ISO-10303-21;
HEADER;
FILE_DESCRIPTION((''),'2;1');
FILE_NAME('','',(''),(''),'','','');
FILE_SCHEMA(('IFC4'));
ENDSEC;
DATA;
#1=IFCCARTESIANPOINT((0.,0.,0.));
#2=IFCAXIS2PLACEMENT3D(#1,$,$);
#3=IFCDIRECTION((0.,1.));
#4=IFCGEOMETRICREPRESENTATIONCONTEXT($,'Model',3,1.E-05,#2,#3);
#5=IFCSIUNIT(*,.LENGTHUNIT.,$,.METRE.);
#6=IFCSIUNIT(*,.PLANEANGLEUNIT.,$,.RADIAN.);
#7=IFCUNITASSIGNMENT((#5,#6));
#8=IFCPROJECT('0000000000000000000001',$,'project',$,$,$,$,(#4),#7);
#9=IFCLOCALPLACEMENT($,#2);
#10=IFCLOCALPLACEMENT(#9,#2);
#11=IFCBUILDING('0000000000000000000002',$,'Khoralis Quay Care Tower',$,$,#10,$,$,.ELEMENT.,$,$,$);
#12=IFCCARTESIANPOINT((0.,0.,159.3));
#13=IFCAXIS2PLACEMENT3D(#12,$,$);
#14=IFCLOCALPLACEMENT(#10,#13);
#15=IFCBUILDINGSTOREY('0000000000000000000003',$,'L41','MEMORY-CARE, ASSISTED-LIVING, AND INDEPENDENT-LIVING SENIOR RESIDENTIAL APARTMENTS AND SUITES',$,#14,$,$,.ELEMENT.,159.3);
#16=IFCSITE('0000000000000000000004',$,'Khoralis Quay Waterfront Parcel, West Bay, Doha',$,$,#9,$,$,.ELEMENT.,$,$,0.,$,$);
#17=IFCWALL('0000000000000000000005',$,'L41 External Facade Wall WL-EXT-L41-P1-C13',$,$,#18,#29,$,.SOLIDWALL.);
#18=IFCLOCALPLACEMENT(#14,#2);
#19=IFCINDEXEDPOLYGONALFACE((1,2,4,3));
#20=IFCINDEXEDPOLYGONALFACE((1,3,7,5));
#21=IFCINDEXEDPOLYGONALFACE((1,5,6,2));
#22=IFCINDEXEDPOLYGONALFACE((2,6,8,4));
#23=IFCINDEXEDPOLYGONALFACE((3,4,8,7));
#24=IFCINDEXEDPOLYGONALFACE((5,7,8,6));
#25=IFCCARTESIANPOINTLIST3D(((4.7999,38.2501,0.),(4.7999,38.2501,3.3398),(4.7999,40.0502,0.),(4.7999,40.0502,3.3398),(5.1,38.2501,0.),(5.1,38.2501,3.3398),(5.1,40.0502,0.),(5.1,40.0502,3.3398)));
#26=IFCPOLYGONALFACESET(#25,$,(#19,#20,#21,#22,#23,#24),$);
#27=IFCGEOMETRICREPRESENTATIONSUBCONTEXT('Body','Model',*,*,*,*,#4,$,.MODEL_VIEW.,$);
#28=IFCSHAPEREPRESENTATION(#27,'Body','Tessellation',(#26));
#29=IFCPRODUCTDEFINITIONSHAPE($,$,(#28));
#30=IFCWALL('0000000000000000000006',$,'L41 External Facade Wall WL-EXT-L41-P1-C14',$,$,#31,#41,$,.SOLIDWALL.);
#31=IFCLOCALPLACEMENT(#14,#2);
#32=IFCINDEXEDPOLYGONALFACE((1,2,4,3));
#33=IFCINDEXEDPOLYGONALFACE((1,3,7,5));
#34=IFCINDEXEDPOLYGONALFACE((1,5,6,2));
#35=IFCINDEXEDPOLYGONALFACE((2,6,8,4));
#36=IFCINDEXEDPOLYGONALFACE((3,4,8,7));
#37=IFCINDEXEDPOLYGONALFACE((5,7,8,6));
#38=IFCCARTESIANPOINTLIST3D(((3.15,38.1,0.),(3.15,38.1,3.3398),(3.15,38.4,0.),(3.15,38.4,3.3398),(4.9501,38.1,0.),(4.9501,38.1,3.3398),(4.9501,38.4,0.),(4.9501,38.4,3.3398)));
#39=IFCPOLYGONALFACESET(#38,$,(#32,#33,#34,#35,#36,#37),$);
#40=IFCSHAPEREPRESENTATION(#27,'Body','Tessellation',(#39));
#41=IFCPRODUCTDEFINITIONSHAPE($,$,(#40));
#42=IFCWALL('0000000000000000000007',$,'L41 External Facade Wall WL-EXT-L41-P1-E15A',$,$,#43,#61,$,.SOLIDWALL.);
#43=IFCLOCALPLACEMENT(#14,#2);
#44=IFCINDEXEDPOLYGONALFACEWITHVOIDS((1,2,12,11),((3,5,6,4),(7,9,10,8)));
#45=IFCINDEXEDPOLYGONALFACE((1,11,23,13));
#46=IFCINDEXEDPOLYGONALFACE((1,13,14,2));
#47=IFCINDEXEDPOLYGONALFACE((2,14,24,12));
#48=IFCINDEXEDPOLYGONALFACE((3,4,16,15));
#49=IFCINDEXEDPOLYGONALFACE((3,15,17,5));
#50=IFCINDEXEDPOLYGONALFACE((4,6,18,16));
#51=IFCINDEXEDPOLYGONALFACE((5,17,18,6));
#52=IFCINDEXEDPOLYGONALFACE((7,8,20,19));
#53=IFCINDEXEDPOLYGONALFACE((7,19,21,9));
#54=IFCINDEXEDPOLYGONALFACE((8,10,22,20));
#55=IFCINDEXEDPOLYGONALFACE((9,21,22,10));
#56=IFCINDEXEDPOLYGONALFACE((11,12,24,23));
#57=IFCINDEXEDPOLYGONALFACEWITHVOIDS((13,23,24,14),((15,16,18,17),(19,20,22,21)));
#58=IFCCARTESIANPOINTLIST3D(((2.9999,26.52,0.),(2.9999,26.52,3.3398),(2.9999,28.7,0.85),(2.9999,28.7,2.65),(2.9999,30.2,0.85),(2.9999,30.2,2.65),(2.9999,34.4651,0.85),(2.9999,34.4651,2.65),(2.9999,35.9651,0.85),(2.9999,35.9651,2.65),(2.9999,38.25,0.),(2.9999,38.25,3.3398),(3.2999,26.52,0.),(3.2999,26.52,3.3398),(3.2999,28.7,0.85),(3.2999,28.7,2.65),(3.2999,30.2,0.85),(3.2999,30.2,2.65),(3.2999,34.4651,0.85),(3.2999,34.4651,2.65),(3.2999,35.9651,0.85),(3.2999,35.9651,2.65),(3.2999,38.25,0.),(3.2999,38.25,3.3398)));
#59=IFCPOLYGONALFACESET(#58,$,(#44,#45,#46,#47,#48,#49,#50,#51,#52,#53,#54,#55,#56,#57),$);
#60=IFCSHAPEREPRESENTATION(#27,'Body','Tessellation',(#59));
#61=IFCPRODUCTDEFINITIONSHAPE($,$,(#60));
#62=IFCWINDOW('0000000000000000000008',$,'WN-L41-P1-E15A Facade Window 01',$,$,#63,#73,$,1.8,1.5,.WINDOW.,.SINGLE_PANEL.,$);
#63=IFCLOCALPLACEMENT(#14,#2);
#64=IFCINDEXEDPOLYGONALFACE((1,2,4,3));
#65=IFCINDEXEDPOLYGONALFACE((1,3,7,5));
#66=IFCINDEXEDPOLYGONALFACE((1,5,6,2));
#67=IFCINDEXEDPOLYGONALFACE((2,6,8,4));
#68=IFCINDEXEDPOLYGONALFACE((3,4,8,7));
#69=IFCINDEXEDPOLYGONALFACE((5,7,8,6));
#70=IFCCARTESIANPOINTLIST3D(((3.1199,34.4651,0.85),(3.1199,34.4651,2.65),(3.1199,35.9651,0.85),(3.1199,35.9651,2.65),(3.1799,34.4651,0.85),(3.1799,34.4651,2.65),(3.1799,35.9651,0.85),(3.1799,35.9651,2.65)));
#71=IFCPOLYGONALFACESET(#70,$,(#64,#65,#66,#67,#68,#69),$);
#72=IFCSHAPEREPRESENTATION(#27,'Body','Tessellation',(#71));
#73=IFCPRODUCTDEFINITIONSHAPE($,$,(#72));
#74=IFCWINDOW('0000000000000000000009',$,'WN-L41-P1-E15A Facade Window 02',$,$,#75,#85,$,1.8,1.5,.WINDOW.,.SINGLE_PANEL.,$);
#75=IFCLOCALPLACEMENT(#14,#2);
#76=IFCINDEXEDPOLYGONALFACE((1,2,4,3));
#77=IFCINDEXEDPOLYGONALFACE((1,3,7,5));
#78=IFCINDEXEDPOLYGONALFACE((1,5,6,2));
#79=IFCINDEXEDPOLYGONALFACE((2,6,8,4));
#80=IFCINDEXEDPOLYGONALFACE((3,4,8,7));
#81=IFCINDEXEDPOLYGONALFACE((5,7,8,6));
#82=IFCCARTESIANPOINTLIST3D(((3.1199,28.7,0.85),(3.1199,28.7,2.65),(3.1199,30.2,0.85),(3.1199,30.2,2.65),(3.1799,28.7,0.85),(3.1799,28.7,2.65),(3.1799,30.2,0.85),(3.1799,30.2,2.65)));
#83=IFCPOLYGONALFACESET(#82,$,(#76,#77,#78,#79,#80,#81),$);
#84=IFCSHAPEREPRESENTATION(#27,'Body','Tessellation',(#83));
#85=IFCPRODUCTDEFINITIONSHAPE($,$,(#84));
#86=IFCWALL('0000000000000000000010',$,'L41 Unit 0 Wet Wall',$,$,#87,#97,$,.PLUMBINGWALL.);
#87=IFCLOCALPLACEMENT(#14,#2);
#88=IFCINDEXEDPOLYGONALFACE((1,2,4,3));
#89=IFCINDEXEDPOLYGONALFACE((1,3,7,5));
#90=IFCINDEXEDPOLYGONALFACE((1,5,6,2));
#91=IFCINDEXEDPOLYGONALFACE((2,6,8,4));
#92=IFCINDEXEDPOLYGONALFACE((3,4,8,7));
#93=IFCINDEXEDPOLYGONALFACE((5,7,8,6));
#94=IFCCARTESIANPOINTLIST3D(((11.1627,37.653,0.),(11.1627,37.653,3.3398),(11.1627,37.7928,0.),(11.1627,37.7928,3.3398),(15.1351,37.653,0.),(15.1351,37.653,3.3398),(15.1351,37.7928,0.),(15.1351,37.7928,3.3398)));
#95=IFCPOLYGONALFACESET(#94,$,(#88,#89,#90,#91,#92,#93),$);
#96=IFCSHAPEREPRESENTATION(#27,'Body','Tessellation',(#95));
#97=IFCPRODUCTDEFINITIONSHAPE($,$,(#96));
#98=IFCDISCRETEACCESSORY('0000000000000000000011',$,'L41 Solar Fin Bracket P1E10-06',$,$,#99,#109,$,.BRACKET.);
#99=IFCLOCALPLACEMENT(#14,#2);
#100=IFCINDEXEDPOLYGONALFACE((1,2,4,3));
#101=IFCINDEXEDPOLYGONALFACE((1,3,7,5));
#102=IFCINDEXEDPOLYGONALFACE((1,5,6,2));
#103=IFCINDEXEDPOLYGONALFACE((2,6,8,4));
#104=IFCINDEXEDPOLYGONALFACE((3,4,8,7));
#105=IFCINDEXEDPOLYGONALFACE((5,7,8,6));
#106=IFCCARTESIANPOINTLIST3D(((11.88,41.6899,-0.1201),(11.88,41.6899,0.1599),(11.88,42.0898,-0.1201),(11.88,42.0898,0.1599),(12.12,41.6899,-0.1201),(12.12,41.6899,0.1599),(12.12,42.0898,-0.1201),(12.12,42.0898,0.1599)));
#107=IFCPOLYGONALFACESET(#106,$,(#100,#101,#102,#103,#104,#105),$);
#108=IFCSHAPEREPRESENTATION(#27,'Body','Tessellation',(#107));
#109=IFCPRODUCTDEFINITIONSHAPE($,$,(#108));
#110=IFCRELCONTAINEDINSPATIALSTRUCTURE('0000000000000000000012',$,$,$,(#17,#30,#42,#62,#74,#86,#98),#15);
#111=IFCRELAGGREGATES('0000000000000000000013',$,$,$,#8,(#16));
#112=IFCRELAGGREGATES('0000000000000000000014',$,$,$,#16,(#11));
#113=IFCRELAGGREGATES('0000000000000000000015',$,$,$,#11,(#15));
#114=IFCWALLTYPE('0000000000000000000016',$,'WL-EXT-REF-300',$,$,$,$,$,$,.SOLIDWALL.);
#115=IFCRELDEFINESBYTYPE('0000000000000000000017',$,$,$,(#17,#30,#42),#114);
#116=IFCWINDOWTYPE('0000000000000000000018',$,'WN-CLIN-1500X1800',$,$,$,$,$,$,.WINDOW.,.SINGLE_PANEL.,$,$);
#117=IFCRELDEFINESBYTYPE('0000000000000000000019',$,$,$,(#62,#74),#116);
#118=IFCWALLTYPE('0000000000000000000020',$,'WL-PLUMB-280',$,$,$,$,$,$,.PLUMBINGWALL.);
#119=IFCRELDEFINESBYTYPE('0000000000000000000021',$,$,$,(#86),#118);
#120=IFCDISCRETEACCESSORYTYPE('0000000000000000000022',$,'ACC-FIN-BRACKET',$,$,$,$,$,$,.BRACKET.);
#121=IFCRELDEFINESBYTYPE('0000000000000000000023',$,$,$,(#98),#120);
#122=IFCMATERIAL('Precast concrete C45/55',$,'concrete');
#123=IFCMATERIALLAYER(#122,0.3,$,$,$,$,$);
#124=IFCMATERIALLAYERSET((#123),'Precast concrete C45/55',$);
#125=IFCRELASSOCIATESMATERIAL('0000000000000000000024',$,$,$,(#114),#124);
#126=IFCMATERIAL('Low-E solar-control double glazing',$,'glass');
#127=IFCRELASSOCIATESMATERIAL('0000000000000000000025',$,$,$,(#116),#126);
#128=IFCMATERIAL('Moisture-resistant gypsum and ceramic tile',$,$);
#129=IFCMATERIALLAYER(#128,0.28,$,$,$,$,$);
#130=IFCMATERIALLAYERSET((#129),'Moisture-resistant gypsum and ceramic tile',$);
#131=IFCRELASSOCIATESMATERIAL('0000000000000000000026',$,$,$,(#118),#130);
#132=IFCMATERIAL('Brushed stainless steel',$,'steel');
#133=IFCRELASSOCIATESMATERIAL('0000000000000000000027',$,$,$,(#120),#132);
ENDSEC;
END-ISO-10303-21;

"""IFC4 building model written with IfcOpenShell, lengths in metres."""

from ifc_helpers import new_model, si_unit, direction, frame, frame_2d, origin, origin_2d, place, context, subcontext, project, spatial, rectangle, extrude, source, transform, mapped, material, layer, layer_set, type_object, element, fill, save


model = new_model("IFC4")

# Units and contexts
model_context = context("Model", 3, precision=1e-05, world=origin(), true_north=direction((0.0, 1.0)))
body_context = subcontext(model_context, "Body", "Model", "MODEL_VIEW")
ifc_project = project(units=[si_unit("LENGTHUNIT", "METRE"), si_unit("PLANEANGLEUNIT", "RADIAN")], contexts=[model_context])

# Site, building, storey
site_placement = place(None, origin())
site = spatial("IfcSite", under=ifc_project, at=site_placement, Name="Khoralis Quay Waterfront Parcel, West Bay, Doha", CompositionType="ELEMENT", RefElevation=0.0)
building_placement = place(site_placement, origin())
building = spatial("IfcBuilding", under=site, at=building_placement, Name="Khoralis Quay Care Tower", CompositionType="ELEMENT")
storey_placement = place(building_placement, frame((0.0, 0.0, 159.3)))
storey = spatial("IfcBuildingStorey", under=building, at=storey_placement, Name="L41", Description="MEMORY-CARE, ASSISTED-LIVING, AND INDEPENDENT-LIVING SENIOR RESIDENTIAL APARTMENTS AND SUITES", CompositionType="ELEMENT", Elevation=159.3)

# Walls
ifc_material_1 = material(Name="Precast concrete C45/55", Category="concrete")
ifc_layer_1 = layer(ifc_material_1, 0.3)
ifc_layer_set_1 = layer_set([ifc_layer_1], Name="Precast concrete C45/55")
wall_type_1 = type_object("IfcWallType", Name="WL-EXT-REF-300", PredefinedType="SOLIDWALL", material=ifc_layer_set_1)
for number, where, z_axis, x_axis, name in (
    (1, (4.95, 40.05, 0.0), (0.0, 0.0, 1.0), (0.0, -1.0, 0.0), "L41 External Facade Wall WL-EXT-L41-P1-C13"),
    (2, (4.95, 38.25, 0.0), (0.0, 0.0, 1.0), (-1.0, 0.0, 0.0), "L41 External Facade Wall WL-EXT-L41-P1-C14"),
):
    element("IfcWall", number, at=place(storey_placement, frame(where, z_axis=z_axis, x_axis=x_axis)), inside=storey, type_object=wall_type_1, Name=name, PredefinedType="SOLIDWALL", context=body_context, shape_type="SweptSolid", body=[
        extrude(rectangle(XDim=1.8, YDim=0.3, at=frame_2d((0.8999, 0.0))), origin(), (0.0, 0.0, 1.0), 3.3398),
    ])

# Wall, openings, windows
wall_1_placement = place(storey_placement, frame((3.1499, 38.25, 0.0), z_axis=(0.0, 0.0, 1.0), x_axis=(0.0, -1.0, 0.0)))
wall_1 = element("IfcWall", 3, at=wall_1_placement, inside=storey, type_object=wall_type_1, Name="L41 External Facade Wall WL-EXT-L41-P1-E15A", PredefinedType="SOLIDWALL", context=body_context, shape_type="SweptSolid", body=[
    extrude(rectangle(XDim=11.73, YDim=0.3, at=frame_2d((5.865, 0.0))), origin(), (0.0, 0.0, 1.0), 3.3398),
])
opening_1_placement = place(wall_1_placement, frame((2.2849, 0.0, 0.8501)))
opening_1 = element("IfcOpeningElement", 4, at=opening_1_placement, cuts=wall_1, PredefinedType="OPENING", context=body_context, shape_type="SweptSolid", body=[
    extrude(rectangle(XDim=1.5, YDim=1.8, at=frame_2d((0.75, 0.8999))), frame((0.0, 0.1602, 0.0), z_axis=(0.0, -1.0, 0.0), x_axis=(1.0, 0.0, 0.0)), (0.0, 0.0, 1.0), 0.3201),
])
opening_2_placement = place(wall_1_placement, frame((8.05, 0.0, 0.8501)))
opening_2 = element("IfcOpeningElement", 5, at=opening_2_placement, cuts=wall_1, PredefinedType="OPENING", context=body_context, shape_type="SweptSolid", body=[
    extrude(rectangle(XDim=1.5, YDim=1.8, at=frame_2d((0.75, 0.8999))), frame((0.0, 0.1602, 0.0), z_axis=(0.0, -1.0, 0.0), x_axis=(1.0, 0.0, 0.0)), (0.0, 0.0, 1.0), 0.3201),
])
ifc_material_2 = material(Name="Low-E solar-control double glazing", Category="glass")
window_type = type_object("IfcWindowType", Name="WN-CLIN-1500X1800", PartitioningType="SINGLE_PANEL", PredefinedType="WINDOW", material=ifc_material_2)
shared_shape_1 = source(origin(), body_context, "Body", "SweptSolid", [
    extrude(rectangle(XDim=1.5, YDim=1.8, at=frame_2d((0.75, 0.8999))), frame((0.0, 0.03, 0.0), z_axis=(0.0, -1.0, 0.0), x_axis=(1.0, 0.0, 0.0)), (0.0, 0.0, 1.0), 0.0601),
])
window_1_placement = place(opening_1_placement, origin())
window_1 = element("IfcWindow", 6, at=window_1_placement, inside=storey, type_object=window_type, Name="WN-L41-P1-E15A Facade Window 01", OverallHeight=1.8, OverallWidth=1.5, PartitioningType="SINGLE_PANEL", PredefinedType="WINDOW", context=body_context, shape_type="MappedRepresentation", body=[
    mapped(shared_shape_1, transform((0.0, 0.0, 0.0), scale=1.0)),
])
fill(opening_1, window_1)
window_2_placement = place(opening_2_placement, origin())
window_2 = element("IfcWindow", 7, at=window_2_placement, inside=storey, type_object=window_type, Name="WN-L41-P1-E15A Facade Window 02", OverallHeight=1.8, OverallWidth=1.5, PartitioningType="SINGLE_PANEL", PredefinedType="WINDOW", context=body_context, shape_type="MappedRepresentation", body=[
    mapped(shared_shape_1, transform((0.0, 0.0, 0.0), scale=1.0)),
])
fill(opening_2, window_2)

# Wall
ifc_material_3 = material(Name="Moisture-resistant gypsum and ceramic tile")
ifc_layer_2 = layer(ifc_material_3, 0.28)
ifc_layer_set_2 = layer_set([ifc_layer_2], Name="Moisture-resistant gypsum and ceramic tile")
wall_type_2 = type_object("IfcWallType", Name="WL-PLUMB-280", PredefinedType="PLUMBINGWALL", material=ifc_layer_set_2)
wall_2_placement = place(storey_placement, frame((11.1626, 37.7229, 0.0), z_axis=(0.0, 0.0, 1.0), x_axis=(1.0, 0.0, 0.0)))
element("IfcWall", 8, at=wall_2_placement, inside=storey, type_object=wall_type_2, Name="L41 Unit 0 Wet Wall", PredefinedType="PLUMBINGWALL", context=body_context, shape_type="SweptSolid", body=[
    extrude(rectangle(XDim=3.9724, YDim=0.1399, at=frame_2d((1.9863, 0.0))), origin(), (0.0, 0.0, 1.0), 3.3398),
])

# Discrete accessory
ifc_material_4 = material(Name="Brushed stainless steel", Category="steel")
discrete_accessory_type = type_object("IfcDiscreteAccessoryType", Name="ACC-FIN-BRACKET", PredefinedType="BRACKET", material=ifc_material_4)
shared_shape_2 = source(origin(), body_context, "Body", "SweptSolid", [
    extrude(rectangle(XDim=0.3999, YDim=0.24, at=origin_2d()), origin(), (0.0, 0.0, 1.0), 0.28),
])
discrete_accessory_placement = place(storey_placement, frame((12.0, 41.8899, -0.1201), z_axis=(0.0, 0.0, 1.0), x_axis=(0.0, 1.0, 0.0)))
element("IfcDiscreteAccessory", 9, at=discrete_accessory_placement, inside=storey, type_object=discrete_accessory_type, Name="L41 Solar Fin Bracket P1E10-06", PredefinedType="BRACKET", context=body_context, shape_type="MappedRepresentation", body=[
    mapped(shared_shape_2, transform((0.0, 0.0, 0.0), scale=1.0)),
])

save(model, "model.ifc")
